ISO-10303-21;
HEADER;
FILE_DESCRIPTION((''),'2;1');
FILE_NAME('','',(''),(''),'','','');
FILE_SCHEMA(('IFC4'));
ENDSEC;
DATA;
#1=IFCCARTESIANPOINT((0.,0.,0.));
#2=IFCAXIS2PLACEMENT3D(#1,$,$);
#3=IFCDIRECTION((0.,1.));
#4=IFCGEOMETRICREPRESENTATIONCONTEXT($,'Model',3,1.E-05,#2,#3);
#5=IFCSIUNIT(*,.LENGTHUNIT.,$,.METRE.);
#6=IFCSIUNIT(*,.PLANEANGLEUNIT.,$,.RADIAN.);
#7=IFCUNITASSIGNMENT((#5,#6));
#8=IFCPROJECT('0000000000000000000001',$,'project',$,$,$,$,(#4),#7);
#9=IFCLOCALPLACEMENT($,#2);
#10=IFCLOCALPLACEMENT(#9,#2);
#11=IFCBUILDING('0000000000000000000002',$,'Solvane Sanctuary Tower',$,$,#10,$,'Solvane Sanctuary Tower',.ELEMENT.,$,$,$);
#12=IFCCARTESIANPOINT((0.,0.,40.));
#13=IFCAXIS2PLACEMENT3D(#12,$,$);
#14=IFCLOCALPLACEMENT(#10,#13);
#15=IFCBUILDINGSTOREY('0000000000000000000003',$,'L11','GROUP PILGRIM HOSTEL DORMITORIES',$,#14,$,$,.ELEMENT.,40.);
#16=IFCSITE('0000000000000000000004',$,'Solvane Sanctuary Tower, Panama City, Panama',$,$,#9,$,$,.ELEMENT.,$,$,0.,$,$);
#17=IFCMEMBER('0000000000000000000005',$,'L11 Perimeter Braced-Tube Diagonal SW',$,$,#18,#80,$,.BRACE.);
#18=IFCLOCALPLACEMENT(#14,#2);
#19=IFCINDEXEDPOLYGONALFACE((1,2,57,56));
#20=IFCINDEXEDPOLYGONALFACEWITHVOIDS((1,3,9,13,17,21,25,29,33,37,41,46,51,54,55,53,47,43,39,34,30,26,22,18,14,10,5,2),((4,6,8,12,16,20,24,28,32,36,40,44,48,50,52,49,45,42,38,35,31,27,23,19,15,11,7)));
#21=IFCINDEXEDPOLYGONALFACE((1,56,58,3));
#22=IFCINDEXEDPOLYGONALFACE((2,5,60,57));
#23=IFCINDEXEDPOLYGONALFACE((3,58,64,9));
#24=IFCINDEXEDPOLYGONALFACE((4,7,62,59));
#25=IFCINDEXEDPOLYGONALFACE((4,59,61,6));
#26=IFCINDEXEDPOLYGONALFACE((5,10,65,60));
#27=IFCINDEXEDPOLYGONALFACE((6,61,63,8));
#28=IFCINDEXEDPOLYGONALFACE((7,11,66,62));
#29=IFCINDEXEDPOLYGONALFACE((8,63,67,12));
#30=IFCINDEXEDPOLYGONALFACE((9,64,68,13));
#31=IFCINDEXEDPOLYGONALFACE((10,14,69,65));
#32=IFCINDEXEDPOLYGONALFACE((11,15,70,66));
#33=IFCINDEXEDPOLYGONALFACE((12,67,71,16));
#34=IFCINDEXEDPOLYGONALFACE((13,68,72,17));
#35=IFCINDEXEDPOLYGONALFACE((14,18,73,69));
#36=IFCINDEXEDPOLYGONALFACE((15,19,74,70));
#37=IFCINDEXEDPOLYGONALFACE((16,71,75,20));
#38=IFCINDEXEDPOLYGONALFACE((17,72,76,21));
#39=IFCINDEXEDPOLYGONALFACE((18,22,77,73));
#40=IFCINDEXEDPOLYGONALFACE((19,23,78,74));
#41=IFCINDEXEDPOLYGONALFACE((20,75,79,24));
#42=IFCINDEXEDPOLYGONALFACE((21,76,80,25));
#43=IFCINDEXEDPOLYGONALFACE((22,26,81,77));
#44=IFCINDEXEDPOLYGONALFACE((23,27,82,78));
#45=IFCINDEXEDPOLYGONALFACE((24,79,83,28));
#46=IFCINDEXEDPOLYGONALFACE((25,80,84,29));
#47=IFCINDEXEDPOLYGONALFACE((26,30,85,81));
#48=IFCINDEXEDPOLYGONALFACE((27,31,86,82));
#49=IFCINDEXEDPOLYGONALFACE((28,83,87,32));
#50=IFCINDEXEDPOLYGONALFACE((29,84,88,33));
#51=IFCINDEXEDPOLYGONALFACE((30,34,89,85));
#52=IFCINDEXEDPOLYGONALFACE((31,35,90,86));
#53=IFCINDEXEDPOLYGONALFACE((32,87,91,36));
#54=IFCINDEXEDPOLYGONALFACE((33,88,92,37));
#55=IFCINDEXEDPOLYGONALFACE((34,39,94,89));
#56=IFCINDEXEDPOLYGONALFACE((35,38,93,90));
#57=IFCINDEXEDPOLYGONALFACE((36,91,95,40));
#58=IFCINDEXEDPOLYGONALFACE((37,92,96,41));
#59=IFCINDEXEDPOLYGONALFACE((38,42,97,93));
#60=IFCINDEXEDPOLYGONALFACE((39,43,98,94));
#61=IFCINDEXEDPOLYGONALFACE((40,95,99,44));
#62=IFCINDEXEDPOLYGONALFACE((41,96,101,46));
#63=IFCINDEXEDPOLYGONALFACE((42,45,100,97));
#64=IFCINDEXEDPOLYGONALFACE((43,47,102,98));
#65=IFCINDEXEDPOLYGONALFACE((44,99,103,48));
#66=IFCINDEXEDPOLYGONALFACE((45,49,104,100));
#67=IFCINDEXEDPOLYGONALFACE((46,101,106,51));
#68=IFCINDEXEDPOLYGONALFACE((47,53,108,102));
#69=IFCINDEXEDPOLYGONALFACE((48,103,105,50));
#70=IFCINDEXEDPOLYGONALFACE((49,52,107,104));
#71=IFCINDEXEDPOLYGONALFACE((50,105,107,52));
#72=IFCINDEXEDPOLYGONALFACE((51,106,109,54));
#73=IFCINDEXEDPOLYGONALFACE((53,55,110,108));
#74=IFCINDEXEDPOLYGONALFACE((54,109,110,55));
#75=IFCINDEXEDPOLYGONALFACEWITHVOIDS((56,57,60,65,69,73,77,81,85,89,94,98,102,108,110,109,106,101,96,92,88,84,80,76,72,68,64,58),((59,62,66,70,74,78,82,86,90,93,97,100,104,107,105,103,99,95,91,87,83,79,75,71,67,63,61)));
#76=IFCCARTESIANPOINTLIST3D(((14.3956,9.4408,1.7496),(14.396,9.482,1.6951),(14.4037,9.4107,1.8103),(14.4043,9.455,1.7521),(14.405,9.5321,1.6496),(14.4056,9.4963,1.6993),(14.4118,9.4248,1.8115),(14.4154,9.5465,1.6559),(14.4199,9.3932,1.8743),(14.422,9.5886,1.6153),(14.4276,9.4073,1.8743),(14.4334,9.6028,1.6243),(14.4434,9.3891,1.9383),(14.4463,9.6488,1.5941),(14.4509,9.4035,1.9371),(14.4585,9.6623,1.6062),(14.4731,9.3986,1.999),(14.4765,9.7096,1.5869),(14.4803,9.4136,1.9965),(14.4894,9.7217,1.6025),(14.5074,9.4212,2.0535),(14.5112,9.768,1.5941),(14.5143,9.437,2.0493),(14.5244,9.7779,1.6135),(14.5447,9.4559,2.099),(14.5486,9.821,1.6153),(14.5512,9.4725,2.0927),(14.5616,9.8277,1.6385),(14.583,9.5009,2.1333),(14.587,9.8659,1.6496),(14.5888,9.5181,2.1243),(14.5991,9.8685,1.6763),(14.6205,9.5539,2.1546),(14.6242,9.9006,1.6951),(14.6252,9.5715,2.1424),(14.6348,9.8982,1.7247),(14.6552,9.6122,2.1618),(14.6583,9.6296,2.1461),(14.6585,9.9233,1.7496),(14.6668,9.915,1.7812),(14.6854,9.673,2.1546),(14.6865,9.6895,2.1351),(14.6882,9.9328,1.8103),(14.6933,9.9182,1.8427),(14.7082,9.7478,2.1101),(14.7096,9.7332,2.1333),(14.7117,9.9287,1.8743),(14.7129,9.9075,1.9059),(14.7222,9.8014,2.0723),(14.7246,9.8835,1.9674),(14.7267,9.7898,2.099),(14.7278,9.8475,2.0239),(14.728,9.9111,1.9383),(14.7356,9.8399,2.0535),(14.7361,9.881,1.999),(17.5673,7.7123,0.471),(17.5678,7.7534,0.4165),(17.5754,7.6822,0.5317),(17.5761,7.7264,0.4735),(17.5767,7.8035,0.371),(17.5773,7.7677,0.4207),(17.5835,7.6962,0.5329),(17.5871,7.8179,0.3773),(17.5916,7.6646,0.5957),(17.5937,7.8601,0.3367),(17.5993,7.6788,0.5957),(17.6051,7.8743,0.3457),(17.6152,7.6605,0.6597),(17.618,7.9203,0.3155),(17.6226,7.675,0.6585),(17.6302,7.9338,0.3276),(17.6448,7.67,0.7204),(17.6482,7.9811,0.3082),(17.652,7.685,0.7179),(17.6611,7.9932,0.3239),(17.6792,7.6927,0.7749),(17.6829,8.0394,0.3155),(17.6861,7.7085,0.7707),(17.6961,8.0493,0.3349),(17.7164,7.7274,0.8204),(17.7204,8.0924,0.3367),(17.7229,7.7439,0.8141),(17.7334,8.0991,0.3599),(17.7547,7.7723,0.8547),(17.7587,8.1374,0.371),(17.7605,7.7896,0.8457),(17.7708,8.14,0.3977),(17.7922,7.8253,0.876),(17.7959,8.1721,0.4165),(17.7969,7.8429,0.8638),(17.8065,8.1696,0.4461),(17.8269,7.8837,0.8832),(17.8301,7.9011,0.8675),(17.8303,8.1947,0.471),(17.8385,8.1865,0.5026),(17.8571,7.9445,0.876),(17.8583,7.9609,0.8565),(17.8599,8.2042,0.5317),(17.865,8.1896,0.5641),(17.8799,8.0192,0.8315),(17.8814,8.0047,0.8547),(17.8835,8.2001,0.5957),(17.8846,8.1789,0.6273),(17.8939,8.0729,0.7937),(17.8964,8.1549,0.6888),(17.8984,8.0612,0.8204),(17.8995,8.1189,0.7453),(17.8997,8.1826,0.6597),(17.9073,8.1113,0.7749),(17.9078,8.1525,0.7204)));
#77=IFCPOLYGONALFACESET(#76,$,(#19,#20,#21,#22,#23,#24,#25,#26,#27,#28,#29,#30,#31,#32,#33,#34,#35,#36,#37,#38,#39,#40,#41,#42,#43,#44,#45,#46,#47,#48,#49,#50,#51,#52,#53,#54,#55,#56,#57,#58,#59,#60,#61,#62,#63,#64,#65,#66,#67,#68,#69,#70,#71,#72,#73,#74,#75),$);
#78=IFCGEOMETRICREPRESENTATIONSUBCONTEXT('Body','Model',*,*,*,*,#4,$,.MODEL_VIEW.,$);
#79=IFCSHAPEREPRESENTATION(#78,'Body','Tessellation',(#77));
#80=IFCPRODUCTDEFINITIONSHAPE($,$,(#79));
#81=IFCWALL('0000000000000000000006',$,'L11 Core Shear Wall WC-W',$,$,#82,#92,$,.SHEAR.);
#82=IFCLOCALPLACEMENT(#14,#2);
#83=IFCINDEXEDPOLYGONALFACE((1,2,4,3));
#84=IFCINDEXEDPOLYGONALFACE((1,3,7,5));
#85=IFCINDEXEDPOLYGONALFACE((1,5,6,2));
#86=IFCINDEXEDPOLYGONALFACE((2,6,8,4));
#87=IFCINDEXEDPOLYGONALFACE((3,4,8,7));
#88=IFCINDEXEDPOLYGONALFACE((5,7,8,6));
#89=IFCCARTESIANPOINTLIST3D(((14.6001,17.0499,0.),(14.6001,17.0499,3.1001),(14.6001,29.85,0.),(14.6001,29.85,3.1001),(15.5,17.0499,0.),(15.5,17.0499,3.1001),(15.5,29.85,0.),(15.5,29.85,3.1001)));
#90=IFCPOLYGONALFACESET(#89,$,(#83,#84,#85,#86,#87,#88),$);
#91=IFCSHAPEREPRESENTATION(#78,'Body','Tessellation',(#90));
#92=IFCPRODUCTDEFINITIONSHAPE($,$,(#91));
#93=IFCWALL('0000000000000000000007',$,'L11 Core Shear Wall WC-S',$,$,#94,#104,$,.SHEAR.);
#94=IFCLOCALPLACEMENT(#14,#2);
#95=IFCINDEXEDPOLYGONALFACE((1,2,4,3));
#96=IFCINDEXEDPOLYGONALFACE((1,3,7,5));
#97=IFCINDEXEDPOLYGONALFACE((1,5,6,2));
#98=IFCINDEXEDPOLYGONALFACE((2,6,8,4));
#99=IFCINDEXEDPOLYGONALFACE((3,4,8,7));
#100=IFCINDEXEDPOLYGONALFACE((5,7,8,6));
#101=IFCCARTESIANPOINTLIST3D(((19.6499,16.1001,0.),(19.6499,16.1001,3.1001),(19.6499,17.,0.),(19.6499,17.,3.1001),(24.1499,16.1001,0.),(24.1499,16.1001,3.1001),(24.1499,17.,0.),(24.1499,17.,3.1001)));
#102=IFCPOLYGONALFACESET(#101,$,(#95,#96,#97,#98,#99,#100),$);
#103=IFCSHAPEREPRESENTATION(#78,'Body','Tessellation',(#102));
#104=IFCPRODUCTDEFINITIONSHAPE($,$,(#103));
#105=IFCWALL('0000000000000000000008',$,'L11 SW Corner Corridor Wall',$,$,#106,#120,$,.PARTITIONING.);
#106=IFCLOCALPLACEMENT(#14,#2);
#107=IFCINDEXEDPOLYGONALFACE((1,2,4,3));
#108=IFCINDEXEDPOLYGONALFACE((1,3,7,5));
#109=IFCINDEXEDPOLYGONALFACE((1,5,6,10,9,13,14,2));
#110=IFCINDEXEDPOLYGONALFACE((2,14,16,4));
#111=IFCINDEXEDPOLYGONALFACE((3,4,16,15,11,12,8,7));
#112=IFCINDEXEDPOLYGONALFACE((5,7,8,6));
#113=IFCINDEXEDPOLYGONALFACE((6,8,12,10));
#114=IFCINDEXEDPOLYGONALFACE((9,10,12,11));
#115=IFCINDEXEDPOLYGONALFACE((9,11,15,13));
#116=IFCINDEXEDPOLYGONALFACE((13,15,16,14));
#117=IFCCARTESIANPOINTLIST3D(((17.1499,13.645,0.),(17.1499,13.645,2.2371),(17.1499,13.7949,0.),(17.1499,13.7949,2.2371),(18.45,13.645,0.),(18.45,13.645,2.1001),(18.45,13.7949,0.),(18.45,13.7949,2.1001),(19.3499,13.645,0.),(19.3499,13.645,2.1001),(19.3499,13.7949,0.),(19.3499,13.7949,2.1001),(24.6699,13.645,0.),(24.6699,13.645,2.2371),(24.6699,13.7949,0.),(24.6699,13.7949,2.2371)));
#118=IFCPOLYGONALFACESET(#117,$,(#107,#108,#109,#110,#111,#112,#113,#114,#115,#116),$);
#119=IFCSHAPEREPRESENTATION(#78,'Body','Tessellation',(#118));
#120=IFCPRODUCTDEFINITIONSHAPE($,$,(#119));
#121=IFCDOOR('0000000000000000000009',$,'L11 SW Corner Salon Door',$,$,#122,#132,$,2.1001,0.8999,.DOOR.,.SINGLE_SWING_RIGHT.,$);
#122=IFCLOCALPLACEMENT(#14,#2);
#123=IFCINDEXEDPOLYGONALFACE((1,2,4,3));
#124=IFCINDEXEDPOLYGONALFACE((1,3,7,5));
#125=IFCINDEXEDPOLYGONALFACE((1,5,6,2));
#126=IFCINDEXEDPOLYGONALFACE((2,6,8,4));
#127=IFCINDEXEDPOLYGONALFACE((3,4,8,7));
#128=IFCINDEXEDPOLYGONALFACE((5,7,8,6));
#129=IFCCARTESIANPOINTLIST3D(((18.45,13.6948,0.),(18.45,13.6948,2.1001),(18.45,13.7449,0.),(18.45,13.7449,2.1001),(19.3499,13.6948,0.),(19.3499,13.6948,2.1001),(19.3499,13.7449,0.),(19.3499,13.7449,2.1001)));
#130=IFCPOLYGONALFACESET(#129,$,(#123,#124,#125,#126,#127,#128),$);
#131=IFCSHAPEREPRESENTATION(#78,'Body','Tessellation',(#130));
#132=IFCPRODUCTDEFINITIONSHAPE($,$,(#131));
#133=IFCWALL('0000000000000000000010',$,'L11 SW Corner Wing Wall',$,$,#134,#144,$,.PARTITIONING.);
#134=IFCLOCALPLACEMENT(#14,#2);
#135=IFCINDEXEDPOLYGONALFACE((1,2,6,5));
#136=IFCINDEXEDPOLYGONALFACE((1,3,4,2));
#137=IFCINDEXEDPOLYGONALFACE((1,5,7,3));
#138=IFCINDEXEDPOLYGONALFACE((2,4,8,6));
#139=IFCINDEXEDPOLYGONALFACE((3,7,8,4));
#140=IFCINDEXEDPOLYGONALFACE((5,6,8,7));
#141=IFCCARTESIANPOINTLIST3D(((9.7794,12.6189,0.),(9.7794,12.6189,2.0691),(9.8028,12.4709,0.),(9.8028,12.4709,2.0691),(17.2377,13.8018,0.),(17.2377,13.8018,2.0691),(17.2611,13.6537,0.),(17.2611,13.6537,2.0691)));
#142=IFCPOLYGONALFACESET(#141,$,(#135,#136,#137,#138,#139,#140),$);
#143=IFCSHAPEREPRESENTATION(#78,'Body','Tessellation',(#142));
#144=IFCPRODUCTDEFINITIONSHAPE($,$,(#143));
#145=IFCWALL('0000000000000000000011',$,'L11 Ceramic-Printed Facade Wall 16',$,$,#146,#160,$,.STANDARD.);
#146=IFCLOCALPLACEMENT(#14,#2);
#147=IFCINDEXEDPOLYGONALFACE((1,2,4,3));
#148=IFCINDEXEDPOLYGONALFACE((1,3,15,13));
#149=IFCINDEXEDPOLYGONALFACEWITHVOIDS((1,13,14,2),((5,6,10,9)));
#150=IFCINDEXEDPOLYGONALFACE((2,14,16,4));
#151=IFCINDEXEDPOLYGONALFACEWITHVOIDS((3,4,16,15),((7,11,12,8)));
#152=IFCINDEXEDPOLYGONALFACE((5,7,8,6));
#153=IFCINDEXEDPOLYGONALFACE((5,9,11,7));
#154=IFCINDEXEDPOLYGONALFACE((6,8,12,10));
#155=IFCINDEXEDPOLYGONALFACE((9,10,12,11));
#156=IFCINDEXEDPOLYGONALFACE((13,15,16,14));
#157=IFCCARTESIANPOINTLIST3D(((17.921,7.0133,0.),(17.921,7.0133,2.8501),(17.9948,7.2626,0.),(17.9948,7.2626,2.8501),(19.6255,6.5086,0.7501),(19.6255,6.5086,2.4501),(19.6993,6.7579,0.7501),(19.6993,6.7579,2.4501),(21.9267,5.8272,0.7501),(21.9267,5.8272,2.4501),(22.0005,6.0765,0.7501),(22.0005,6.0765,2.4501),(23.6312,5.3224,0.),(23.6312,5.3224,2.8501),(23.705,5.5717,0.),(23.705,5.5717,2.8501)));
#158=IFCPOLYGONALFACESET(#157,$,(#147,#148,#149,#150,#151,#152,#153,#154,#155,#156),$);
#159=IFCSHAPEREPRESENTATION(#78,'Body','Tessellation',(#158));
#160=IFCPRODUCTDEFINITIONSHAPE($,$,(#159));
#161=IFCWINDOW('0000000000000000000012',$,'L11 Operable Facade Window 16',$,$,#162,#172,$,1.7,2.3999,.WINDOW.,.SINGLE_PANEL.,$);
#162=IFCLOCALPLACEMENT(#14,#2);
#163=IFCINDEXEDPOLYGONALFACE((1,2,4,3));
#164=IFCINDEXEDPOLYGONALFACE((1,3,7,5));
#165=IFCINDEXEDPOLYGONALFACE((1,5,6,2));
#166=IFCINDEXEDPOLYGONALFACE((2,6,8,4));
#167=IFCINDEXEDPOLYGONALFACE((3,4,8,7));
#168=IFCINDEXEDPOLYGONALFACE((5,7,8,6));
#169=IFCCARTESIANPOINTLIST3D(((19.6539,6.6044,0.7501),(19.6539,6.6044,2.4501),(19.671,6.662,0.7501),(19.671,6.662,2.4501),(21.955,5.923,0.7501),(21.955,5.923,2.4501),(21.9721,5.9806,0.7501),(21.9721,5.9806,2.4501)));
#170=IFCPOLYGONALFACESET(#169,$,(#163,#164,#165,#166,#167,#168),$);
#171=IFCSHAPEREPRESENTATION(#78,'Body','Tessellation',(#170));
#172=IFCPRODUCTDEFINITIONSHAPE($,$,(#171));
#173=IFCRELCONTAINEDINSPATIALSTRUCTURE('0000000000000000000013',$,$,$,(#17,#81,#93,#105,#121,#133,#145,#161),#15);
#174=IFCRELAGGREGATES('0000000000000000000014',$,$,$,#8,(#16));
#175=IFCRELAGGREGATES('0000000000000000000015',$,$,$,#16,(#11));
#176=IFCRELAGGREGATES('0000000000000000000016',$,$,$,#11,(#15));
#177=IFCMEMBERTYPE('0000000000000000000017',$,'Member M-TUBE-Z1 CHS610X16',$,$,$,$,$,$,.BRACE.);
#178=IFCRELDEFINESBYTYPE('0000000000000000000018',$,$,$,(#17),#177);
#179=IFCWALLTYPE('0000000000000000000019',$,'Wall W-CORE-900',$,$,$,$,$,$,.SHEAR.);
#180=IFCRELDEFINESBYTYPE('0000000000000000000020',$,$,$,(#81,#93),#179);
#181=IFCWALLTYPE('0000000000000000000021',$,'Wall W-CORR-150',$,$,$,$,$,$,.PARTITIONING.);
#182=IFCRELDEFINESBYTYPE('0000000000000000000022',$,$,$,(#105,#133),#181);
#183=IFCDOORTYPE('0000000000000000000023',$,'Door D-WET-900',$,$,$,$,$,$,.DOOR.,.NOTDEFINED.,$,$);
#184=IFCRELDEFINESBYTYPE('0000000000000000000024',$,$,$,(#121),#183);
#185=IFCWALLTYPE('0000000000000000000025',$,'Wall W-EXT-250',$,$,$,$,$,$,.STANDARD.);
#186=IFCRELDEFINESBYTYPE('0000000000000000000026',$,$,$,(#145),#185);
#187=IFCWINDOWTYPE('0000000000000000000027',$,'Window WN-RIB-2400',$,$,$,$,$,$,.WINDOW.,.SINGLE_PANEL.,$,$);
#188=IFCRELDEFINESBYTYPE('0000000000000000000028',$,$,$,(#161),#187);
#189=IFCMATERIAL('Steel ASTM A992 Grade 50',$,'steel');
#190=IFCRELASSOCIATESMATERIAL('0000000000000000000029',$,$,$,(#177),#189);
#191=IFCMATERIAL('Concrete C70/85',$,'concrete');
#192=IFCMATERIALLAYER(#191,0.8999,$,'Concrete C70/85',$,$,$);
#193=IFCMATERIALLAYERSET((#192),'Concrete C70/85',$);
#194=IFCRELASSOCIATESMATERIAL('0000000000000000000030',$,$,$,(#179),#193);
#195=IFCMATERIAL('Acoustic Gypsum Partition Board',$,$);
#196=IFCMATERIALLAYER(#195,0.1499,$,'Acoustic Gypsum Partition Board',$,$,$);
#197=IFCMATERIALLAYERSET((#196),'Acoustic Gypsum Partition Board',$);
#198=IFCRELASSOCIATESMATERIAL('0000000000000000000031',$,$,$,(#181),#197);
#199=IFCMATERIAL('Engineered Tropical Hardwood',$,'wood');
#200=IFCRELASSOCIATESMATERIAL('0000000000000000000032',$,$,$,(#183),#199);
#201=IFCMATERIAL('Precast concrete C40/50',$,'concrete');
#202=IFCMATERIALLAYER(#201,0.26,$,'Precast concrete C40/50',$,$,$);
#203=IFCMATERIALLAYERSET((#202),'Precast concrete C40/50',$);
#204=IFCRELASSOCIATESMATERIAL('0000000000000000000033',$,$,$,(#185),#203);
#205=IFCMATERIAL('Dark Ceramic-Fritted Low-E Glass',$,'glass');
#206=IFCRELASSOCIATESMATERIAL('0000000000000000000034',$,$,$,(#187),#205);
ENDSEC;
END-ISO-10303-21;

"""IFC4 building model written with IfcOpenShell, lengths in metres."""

from ifc_helpers import new_model, si_unit, direction, frame, frame_2d, origin, origin_2d, place, context, subcontext, project, spatial, rectangle, hollow_circle, extrude, material, layer, layer_set, material_profile, profile_set, type_object, element, fill, save


model = new_model("IFC4")

# Units and contexts
model_context = context("Model", 3, precision=1e-05, world=origin(), true_north=direction((0.0, 1.0)))
body_context = subcontext(model_context, "Body", "Model", "MODEL_VIEW")
ifc_project = project(units=[si_unit("LENGTHUNIT", "METRE"), si_unit("PLANEANGLEUNIT", "RADIAN")], contexts=[model_context])

# Site, building, storey
site_placement = place(None, origin())
site = spatial("IfcSite", under=ifc_project, at=site_placement, Name="Solvane Sanctuary Tower, Panama City, Panama", CompositionType="ELEMENT", RefElevation=0.0)
building_placement = place(site_placement, origin())
building = spatial("IfcBuilding", under=site, at=building_placement, Name="Solvane Sanctuary Tower", LongName="Solvane Sanctuary Tower", CompositionType="ELEMENT")
storey_placement = place(building_placement, frame((0.0, 0.0, 40.0)))
storey = spatial("IfcBuildingStorey", under=building, at=storey_placement, Name="L11", Description="GROUP PILGRIM HOSTEL DORMITORIES", CompositionType="ELEMENT", Elevation=40.0)

# Shared definitions
ifc_material_1 = material(Name="Concrete C70/85", Category="concrete")

# Shared definitions
ifc_material_2 = material(Name="Steel ASTM A992 Grade 50", Category="steel")

# Member
ifc_material_profile_1 = material_profile(ifc_material_2, hollow_circle(Radius=0.3049, WallThickness=0.0161, at=origin_2d()), Name="CHS610X16")
ifc_profile_set_1 = profile_set([ifc_material_profile_1], Name="Steel ASTM A992 Grade 50")
member_type = type_object("IfcMemberType", Name="Member M-TUBE-Z1 CHS610X16", PredefinedType="BRACE", material=ifc_profile_set_1)
member_placement = place(storey_placement, frame((17.7375, 7.9324, 0.5957), z_axis=(-0.82774, 0.451112, 0.333683), x_axis=(-0.47854, -0.878066, 0.0)))
element("IfcMember", 1, at=member_placement, inside=storey, type_object=member_type, Name="L11 Perimeter Braced-Tube Diagonal SW", PredefinedType="BRACE", context=body_context, shape_type="SweptSolid", body=[
    extrude(hollow_circle(Radius=0.3049, WallThickness=0.0161, at=origin_2d()), origin(), (0.0, 0.0, 1.0), 3.8318),
])

# Walls
ifc_layer_1 = layer(ifc_material_1, 0.8999, Name="Concrete C70/85")
ifc_layer_set_1 = layer_set([ifc_layer_1], Name="Concrete C70/85")
wall_type_1 = type_object("IfcWallType", Name="Wall W-CORE-900", PredefinedType="SHEAR", material=ifc_layer_set_1)
wall_1_placement = place(storey_placement, frame((15.05, 17.05, 0.0), z_axis=(0.0, 0.0, 1.0), x_axis=(0.0, 1.0, 0.0)))
element("IfcWall", 2, at=wall_1_placement, inside=storey, type_object=wall_type_1, Name="L11 Core Shear Wall WC-W", PredefinedType="SHEAR", context=body_context, shape_type="SweptSolid", body=[
    extrude(rectangle(XDim=12.8, YDim=0.8999, at=frame_2d((6.3999, 0.0))), origin(), (0.0, 0.0, 1.0), 3.1001),
])
wall_2_placement = place(storey_placement, frame((19.6499, 16.55, 0.0), z_axis=(0.0, 0.0, 1.0), x_axis=(1.0, 0.0, 0.0)))
element("IfcWall", 3, at=wall_2_placement, inside=storey, type_object=wall_type_1, Name="L11 Core Shear Wall WC-S", PredefinedType="SHEAR", context=body_context, shape_type="SweptSolid", body=[
    extrude(rectangle(XDim=4.5, YDim=0.8999, at=frame_2d((2.25, 0.0))), origin(), (0.0, 0.0, 1.0), 3.1001),
])

# Wall, opening, door
ifc_material_3 = material(Name="Acoustic Gypsum Partition Board")
ifc_layer_2 = layer(ifc_material_3, 0.1499, Name="Acoustic Gypsum Partition Board")
ifc_layer_set_2 = layer_set([ifc_layer_2], Name="Acoustic Gypsum Partition Board")
wall_type_2 = type_object("IfcWallType", Name="Wall W-CORR-150", PredefinedType="PARTITIONING", material=ifc_layer_set_2)
wall_3_placement = place(storey_placement, frame((17.1499, 13.72, 0.0), z_axis=(0.0, 0.0, 1.0), x_axis=(1.0, 0.0, 0.0)))
wall_3 = element("IfcWall", 4, at=wall_3_placement, inside=storey, type_object=wall_type_2, Name="L11 SW Corner Corridor Wall", PredefinedType="PARTITIONING", context=body_context, shape_type="SweptSolid", body=[
    extrude(rectangle(XDim=7.52, YDim=0.1499, at=frame_2d((3.76, 0.0))), origin(), (0.0, 0.0, 1.0), 2.2371),
])
opening_1_placement = place(wall_3_placement, frame((1.3, 0.0, 0.0)))
opening_1 = element("IfcOpeningElement", 5, at=opening_1_placement, cuts=wall_3, PredefinedType="OPENING", context=body_context, shape_type="SweptSolid", body=[
    extrude(rectangle(XDim=0.8999, YDim=2.1001, at=frame_2d((0.45, 1.05))), frame((0.0, 0.085, 0.0), z_axis=(0.0, -1.0, 0.0), x_axis=(1.0, 0.0, 0.0)), (0.0, 0.0, 1.0), 0.1699),
])
ifc_material_4 = material(Name="Engineered Tropical Hardwood", Category="wood")
door_type_1 = type_object("IfcDoorType", Name="Door D-WET-900", OperationType="NOTDEFINED", PredefinedType="DOOR", material=ifc_material_4)
door_1_placement = place(opening_1_placement, origin())
door_1 = element("IfcDoor", 6, at=door_1_placement, inside=storey, type_object=door_type_1, Name="L11 SW Corner Salon Door", OperationType="SINGLE_SWING_RIGHT", OverallHeight=2.1001, OverallWidth=0.8999, PredefinedType="DOOR", context=body_context, shape_type="SweptSolid", body=[
    extrude(rectangle(XDim=0.8999, YDim=2.1001, at=frame_2d((0.45, 1.05))), frame((0.0, 0.0249, 0.0), z_axis=(0.0, -1.0, 0.0), x_axis=(1.0, 0.0, 0.0)), (0.0, 0.0, 1.0), 0.05),
])
fill(opening_1, door_1)

# Wall
wall_4_placement = place(storey_placement, frame((17.2495, 13.7278, 0.0), z_axis=(0.0, 0.0, 1.0), x_axis=(-0.987656, -0.15664, 0.0)))
element("IfcWall", 7, at=wall_4_placement, inside=storey, type_object=wall_type_2, Name="L11 SW Corner Wing Wall", PredefinedType="PARTITIONING", context=body_context, shape_type="SweptSolid", body=[
    extrude(rectangle(XDim=7.5515, YDim=0.1499, at=frame_2d((3.7759, 0.0))), origin(), (0.0, 0.0, 1.0), 2.0691),
])

# Wall, opening, window
ifc_material_5 = material(Name="Precast concrete C40/50", Category="concrete")
ifc_layer_3 = layer(ifc_material_5, 0.26, Name="Precast concrete C40/50")
ifc_layer_set_3 = layer_set([ifc_layer_3], Name="Precast concrete C40/50")
wall_type_3 = type_object("IfcWallType", Name="Wall W-EXT-250", PredefinedType="STANDARD", material=ifc_layer_set_3)
wall_5_placement = place(storey_placement, frame((17.958, 7.1379, 0.0), z_axis=(0.0, 0.0, 1.0), x_axis=(0.958844, -0.283935, 0.0)))
wall_5 = element("IfcWall", 8, at=wall_5_placement, inside=storey, type_object=wall_type_3, Name="L11 Ceramic-Printed Facade Wall 16", PredefinedType="STANDARD", context=body_context, shape_type="SweptSolid", body=[
    extrude(rectangle(XDim=5.9553, YDim=0.26, at=frame_2d((2.9775, 0.0))), origin(), (0.0, 0.0, 1.0), 2.8501),
])
opening_2_placement = place(wall_5_placement, frame((1.7776, 0.0, 0.75)))
opening_2 = element("IfcOpeningElement", 9, at=opening_2_placement, cuts=wall_5, PredefinedType="OPENING", context=body_context, shape_type="SweptSolid", body=[
    extrude(rectangle(XDim=2.3999, YDim=1.7, at=frame_2d((1.2, 0.8501))), frame((0.0, 0.1399, 0.0), z_axis=(0.0, -1.0, 0.0), x_axis=(1.0, 0.0, 0.0)), (0.0, 0.0, 1.0), 0.28),
])
ifc_material_6 = material(Name="Dark Ceramic-Fritted Low-E Glass", Category="glass")
window_type = type_object("IfcWindowType", Name="Window WN-RIB-2400", PartitioningType="SINGLE_PANEL", PredefinedType="WINDOW", material=ifc_material_6)
window_placement = place(opening_2_placement, origin())
window = element("IfcWindow", 10, at=window_placement, inside=storey, type_object=window_type, Name="L11 Operable Facade Window 16", OverallHeight=1.7, OverallWidth=2.3999, PartitioningType="SINGLE_PANEL", PredefinedType="WINDOW", context=body_context, shape_type="SweptSolid", body=[
    extrude(rectangle(XDim=2.3999, YDim=1.7, at=frame_2d((1.2, 0.8501))), frame((0.0, 0.03, 0.0), z_axis=(0.0, -1.0, 0.0), x_axis=(1.0, 0.0, 0.0)), (0.0, 0.0, 1.0), 0.0601),
])
fill(opening_2, window)

save(model, "model.ifc")
